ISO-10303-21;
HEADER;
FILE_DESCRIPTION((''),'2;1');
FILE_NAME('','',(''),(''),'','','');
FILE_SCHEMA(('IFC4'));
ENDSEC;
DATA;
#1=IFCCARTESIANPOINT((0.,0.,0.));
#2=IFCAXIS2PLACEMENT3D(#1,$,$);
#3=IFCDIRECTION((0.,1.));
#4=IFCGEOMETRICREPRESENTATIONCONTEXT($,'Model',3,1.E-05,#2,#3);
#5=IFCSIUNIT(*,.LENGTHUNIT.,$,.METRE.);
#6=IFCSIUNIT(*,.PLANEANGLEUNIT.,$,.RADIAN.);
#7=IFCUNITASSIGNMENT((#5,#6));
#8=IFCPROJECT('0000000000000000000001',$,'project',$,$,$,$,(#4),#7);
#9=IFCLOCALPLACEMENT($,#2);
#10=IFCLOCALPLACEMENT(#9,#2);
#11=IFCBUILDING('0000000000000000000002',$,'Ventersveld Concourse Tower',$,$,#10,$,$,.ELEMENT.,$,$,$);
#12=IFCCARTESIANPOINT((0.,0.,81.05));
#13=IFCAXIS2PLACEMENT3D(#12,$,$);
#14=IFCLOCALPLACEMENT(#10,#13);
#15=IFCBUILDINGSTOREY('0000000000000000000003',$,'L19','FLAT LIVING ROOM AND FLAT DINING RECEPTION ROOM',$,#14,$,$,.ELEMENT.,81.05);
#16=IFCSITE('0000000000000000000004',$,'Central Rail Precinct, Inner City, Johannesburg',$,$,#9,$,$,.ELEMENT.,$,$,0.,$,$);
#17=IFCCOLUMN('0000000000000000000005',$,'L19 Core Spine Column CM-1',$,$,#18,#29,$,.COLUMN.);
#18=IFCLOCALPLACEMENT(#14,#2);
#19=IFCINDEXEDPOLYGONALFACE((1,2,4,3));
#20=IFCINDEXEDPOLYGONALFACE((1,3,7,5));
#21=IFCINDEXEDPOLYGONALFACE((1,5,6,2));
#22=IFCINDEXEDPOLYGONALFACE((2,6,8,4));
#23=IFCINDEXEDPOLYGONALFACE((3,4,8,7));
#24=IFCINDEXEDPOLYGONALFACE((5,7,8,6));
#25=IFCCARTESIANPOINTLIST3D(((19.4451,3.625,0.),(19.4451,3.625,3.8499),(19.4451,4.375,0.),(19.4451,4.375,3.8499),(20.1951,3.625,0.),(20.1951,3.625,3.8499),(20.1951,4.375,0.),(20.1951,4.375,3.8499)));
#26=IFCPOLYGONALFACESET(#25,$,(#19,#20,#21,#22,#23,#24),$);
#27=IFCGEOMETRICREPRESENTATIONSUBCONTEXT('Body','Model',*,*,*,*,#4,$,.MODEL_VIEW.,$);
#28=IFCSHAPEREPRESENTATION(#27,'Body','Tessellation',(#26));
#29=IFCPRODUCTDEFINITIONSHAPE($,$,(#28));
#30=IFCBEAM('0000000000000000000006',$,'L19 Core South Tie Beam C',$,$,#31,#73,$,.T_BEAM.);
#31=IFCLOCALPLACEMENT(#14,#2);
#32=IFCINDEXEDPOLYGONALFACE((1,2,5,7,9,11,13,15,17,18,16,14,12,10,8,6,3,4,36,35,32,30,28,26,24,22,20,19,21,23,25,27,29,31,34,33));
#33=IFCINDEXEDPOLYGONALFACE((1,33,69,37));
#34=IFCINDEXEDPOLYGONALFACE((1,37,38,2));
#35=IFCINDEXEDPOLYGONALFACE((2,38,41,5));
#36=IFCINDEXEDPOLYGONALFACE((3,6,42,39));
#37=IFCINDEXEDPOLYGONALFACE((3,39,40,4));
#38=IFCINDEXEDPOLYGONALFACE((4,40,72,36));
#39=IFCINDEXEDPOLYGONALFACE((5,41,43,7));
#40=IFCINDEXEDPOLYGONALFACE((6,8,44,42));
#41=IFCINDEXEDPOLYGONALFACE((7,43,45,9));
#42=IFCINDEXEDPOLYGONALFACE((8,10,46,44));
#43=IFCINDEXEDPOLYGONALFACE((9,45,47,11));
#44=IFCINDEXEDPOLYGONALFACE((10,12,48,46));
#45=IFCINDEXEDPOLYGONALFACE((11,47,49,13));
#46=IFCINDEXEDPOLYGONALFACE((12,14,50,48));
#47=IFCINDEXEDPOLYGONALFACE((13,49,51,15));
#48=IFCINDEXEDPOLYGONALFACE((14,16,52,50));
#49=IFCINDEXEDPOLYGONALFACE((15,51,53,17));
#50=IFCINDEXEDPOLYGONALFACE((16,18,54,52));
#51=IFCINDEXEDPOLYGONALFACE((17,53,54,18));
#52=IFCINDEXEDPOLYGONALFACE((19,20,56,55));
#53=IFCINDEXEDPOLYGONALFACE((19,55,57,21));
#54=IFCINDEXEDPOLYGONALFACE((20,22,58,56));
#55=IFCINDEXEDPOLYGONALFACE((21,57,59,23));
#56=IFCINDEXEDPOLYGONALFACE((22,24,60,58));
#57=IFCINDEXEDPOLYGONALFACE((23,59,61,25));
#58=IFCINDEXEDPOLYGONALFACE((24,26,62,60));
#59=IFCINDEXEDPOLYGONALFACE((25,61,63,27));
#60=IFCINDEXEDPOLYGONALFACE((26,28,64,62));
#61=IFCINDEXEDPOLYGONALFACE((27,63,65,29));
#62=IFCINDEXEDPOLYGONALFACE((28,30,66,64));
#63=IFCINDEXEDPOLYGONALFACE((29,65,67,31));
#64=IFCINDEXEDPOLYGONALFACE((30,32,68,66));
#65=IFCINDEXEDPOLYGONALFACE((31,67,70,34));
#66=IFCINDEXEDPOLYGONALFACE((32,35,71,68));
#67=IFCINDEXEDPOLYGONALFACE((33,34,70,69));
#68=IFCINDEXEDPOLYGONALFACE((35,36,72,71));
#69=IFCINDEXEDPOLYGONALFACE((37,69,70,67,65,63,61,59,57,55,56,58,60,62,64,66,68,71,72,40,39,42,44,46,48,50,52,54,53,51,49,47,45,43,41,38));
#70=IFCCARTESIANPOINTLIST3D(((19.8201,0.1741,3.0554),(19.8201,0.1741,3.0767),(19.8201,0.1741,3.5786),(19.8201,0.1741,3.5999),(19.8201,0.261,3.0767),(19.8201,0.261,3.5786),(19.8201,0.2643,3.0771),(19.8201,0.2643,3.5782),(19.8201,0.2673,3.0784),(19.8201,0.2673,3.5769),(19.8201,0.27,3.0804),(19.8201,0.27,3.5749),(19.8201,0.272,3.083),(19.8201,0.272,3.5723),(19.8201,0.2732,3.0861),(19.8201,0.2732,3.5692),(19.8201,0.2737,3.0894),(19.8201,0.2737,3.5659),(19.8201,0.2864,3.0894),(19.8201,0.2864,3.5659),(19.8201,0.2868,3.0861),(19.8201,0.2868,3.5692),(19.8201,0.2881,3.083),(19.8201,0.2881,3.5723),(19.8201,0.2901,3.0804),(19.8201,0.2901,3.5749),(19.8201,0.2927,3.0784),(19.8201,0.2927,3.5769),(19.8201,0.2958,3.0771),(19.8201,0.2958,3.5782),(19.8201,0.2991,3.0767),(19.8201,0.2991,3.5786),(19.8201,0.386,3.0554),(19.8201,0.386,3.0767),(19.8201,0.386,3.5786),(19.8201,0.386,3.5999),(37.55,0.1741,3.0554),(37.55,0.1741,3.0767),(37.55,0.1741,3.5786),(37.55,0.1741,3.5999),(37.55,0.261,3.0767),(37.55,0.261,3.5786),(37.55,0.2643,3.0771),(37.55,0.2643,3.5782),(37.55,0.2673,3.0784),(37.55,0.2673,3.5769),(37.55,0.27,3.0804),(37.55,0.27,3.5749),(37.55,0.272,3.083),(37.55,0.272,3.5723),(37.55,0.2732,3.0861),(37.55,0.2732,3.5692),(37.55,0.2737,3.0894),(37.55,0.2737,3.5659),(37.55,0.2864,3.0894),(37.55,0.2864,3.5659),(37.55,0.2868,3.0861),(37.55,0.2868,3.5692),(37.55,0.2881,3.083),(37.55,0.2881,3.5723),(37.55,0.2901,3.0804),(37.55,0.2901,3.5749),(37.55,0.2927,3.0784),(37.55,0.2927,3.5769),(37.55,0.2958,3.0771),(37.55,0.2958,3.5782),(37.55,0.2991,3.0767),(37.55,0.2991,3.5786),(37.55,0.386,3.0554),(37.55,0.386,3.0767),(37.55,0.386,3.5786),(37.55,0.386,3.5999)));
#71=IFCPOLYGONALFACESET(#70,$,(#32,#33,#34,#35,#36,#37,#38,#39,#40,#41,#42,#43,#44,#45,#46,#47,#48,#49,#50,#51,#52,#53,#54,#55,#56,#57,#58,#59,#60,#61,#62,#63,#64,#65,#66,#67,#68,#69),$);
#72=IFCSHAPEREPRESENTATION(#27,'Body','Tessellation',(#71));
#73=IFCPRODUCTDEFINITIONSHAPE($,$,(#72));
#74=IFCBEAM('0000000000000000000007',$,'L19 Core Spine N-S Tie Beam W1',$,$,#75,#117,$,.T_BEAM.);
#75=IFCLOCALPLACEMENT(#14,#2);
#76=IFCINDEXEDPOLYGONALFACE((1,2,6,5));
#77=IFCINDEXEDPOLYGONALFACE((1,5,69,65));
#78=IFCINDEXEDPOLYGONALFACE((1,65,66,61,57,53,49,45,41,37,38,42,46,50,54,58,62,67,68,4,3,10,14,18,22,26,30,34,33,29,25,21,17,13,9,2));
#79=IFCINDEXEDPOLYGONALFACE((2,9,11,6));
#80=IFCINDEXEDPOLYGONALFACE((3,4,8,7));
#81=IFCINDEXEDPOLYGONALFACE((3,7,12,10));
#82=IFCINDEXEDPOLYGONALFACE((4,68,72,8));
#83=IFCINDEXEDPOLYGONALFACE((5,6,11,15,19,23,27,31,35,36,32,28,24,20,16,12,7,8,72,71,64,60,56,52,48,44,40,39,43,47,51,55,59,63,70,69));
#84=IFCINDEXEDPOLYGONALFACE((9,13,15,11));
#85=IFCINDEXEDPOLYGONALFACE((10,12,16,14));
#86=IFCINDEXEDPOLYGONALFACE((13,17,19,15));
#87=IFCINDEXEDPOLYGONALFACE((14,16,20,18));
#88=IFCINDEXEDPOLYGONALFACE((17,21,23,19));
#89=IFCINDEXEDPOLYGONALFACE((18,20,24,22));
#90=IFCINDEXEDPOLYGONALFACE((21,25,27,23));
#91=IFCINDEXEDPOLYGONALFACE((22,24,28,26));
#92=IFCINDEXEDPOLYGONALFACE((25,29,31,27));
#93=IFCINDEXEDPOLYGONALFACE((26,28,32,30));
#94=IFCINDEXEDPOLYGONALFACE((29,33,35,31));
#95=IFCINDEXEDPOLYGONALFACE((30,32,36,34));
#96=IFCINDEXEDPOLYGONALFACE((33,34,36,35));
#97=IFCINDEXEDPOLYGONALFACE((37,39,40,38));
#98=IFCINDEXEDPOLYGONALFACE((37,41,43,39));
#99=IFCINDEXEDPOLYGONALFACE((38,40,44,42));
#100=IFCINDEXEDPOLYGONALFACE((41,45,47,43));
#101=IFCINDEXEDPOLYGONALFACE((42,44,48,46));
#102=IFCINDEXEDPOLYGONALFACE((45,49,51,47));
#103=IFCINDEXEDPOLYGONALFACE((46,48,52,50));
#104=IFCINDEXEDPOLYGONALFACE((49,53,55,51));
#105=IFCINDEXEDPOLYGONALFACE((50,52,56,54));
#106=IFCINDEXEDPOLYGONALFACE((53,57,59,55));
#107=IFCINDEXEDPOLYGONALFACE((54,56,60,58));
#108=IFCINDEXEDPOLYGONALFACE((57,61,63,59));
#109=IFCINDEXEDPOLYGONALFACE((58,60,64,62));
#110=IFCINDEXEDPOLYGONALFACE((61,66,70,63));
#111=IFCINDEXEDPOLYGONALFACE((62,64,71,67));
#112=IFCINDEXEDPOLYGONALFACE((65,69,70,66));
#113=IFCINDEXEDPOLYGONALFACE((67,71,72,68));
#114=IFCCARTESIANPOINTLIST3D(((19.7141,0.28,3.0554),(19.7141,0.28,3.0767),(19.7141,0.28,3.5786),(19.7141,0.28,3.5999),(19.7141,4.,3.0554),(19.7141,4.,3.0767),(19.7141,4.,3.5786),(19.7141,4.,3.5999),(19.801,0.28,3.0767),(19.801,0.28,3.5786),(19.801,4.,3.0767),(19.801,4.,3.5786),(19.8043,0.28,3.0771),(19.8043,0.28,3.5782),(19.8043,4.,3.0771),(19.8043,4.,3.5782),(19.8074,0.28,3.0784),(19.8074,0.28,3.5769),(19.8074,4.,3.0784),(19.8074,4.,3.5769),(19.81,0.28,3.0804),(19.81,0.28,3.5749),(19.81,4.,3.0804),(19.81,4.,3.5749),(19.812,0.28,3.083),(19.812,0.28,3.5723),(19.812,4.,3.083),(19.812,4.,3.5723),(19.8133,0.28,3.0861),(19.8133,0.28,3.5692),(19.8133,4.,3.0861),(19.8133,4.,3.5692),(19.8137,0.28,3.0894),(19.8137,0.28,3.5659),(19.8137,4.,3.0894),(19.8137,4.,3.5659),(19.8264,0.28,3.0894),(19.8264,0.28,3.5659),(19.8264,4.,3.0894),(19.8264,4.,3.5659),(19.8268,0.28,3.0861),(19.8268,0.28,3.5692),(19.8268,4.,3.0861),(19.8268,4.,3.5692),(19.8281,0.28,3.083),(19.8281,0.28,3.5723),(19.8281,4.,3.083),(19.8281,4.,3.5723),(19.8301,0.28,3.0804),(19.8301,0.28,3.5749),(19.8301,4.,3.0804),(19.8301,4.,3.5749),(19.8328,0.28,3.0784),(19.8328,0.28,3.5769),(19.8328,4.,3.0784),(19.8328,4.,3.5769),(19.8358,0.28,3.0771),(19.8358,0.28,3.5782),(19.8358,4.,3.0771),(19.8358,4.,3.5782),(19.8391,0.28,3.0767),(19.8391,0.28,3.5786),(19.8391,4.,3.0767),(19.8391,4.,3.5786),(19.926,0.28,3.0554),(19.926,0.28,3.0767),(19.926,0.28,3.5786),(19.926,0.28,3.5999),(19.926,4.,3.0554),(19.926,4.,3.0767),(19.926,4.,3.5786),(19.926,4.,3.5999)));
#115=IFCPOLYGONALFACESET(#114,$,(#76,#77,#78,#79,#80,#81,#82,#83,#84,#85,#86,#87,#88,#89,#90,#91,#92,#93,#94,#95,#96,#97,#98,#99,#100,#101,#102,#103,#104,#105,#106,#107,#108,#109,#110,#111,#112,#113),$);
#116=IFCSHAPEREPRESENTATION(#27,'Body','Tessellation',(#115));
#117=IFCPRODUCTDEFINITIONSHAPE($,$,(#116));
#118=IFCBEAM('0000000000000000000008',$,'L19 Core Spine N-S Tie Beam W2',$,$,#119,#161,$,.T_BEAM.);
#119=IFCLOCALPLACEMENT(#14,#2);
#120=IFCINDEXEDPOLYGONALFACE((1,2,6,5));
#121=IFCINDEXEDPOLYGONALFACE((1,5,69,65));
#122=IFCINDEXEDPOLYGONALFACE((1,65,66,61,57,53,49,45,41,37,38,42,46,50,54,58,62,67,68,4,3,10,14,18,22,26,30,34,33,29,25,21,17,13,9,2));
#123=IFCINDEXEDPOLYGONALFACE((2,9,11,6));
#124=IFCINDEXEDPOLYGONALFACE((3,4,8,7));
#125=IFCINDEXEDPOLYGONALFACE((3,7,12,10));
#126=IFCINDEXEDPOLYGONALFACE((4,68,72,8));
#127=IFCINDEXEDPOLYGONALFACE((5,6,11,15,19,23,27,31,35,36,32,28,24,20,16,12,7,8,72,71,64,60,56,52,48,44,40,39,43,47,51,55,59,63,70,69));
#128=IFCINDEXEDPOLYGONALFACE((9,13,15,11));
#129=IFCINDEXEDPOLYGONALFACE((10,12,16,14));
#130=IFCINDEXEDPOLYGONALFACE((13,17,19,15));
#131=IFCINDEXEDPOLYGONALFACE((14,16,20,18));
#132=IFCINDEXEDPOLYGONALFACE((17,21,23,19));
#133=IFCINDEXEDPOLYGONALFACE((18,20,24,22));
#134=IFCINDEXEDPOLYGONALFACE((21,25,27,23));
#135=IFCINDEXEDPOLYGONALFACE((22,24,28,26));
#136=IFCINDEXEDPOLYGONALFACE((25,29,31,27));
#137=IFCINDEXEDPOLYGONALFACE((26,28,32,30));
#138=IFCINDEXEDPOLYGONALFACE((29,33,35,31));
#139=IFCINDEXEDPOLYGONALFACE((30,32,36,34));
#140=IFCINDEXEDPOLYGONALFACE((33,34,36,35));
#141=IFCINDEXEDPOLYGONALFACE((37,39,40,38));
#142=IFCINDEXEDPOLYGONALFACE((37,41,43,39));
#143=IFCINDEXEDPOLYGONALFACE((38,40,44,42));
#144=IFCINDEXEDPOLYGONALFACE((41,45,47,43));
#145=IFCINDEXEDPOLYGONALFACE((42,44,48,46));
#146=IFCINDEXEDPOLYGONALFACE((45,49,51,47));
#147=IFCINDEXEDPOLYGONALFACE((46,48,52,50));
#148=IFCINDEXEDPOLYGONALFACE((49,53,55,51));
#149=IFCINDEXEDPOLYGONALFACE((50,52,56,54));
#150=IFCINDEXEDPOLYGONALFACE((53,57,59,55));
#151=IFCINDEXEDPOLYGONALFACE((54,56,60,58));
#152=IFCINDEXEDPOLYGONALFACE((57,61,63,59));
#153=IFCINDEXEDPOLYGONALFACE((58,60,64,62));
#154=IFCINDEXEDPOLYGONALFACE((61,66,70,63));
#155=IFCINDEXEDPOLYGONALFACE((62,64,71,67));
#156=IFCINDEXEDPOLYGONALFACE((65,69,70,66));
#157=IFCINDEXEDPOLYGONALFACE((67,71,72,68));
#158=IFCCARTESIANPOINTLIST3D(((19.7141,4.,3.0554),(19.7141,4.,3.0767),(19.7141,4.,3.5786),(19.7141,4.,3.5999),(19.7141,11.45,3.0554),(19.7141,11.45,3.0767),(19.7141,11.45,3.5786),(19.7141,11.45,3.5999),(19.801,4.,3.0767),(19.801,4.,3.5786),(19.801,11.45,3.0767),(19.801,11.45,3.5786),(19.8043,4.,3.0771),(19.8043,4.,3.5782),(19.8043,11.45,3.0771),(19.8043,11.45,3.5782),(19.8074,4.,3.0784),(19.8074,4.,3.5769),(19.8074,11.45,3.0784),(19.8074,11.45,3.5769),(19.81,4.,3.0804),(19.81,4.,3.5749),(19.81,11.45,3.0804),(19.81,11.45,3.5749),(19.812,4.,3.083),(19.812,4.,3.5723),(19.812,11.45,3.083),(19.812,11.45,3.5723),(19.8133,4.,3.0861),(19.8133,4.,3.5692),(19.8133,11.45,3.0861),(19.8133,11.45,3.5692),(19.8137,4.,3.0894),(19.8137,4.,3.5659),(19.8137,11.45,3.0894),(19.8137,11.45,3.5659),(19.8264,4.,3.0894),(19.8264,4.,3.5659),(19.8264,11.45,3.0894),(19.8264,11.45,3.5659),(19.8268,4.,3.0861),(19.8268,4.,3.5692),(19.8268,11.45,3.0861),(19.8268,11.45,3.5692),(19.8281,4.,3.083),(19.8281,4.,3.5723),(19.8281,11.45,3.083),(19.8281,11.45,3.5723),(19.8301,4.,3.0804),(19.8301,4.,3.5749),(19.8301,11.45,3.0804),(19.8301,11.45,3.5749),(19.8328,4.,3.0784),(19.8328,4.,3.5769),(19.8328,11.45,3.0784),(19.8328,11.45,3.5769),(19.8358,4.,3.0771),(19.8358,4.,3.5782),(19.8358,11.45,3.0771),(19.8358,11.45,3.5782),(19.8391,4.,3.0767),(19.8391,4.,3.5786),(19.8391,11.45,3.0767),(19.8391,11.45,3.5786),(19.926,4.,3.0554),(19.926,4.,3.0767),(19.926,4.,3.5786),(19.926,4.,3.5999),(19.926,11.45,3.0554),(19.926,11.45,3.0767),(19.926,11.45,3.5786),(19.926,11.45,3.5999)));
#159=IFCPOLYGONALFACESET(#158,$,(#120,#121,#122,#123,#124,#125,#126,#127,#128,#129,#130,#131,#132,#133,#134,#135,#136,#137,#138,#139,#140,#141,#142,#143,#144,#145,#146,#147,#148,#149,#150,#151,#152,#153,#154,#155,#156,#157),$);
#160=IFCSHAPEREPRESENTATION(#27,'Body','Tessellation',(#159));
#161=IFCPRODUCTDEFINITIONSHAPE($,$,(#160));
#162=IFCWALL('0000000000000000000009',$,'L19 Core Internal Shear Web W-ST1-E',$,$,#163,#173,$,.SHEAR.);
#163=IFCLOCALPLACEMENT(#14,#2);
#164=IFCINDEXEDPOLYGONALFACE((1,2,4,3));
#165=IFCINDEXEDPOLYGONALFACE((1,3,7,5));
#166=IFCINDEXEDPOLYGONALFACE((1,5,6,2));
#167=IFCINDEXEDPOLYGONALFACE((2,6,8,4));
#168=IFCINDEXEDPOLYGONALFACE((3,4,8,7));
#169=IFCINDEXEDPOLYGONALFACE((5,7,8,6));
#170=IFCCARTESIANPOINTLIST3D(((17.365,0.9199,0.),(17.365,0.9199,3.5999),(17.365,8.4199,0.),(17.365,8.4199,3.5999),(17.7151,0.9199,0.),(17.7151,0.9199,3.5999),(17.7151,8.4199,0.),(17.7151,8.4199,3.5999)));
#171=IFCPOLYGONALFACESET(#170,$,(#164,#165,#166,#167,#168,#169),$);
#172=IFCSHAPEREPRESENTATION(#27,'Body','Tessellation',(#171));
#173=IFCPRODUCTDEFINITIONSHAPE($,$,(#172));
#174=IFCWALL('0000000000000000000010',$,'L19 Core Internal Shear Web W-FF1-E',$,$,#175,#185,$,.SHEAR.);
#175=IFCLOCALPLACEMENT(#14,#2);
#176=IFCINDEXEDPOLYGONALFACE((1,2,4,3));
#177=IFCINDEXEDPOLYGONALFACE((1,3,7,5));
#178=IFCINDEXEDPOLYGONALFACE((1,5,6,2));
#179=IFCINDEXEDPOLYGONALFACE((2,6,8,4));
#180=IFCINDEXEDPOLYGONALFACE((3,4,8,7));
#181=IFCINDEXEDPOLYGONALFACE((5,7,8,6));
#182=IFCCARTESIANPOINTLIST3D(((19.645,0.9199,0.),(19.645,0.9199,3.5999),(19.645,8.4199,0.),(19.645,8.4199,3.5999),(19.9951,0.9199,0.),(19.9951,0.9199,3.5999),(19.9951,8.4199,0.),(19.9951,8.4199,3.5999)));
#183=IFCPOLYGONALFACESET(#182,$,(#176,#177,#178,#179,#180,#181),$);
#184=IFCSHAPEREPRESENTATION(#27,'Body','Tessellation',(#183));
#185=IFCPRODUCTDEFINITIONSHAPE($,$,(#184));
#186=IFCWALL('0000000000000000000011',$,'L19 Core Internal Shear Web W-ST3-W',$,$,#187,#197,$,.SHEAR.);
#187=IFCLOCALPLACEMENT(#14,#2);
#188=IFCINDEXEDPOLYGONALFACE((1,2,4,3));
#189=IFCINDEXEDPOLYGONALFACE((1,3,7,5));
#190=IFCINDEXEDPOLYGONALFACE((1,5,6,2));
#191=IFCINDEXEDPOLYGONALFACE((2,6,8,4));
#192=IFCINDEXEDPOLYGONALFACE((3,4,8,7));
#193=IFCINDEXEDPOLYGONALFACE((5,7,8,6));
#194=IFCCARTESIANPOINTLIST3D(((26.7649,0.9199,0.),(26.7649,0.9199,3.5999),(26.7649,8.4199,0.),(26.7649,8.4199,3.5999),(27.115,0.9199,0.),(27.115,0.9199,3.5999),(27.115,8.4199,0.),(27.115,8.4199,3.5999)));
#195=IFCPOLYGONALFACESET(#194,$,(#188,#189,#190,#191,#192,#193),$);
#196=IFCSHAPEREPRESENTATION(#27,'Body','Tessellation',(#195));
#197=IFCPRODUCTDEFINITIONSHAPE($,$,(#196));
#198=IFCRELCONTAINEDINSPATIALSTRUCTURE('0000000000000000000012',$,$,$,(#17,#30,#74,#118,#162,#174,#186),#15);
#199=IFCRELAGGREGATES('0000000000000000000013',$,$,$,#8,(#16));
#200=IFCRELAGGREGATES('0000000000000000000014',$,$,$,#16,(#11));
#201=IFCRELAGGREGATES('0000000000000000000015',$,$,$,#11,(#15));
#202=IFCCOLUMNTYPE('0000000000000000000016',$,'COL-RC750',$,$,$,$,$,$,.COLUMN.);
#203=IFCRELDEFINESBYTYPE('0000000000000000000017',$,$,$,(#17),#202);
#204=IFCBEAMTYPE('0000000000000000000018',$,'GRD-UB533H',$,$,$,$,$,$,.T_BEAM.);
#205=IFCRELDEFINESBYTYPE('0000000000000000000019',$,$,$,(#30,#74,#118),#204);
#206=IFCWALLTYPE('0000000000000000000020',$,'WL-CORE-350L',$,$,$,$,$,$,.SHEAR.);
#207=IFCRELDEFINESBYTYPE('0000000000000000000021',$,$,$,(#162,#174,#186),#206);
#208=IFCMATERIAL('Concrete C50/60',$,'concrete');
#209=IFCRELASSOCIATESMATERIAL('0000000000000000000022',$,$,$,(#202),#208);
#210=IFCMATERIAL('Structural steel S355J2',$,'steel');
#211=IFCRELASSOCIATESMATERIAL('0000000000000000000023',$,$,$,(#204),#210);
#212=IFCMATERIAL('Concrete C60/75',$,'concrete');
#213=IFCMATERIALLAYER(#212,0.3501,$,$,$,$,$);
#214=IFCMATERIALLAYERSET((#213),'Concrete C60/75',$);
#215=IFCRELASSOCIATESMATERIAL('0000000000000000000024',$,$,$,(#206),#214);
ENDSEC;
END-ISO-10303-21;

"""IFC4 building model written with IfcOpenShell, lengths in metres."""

from ifc_helpers import new_model, si_unit, direction, frame, frame_2d, origin, origin_2d, place, context, subcontext, project, spatial, rectangle, i_section, extrude, material, layer, layer_set, material_profile, profile_set, type_object, element, save


model = new_model("IFC4")

# Units and contexts
model_context = context("Model", 3, precision=1e-05, world=origin(), true_north=direction((0.0, 1.0)))
body_context = subcontext(model_context, "Body", "Model", "MODEL_VIEW")
ifc_project = project(units=[si_unit("LENGTHUNIT", "METRE"), si_unit("PLANEANGLEUNIT", "RADIAN")], contexts=[model_context])

# Site, building, storey
site_placement = place(None, origin())
site = spatial("IfcSite", under=ifc_project, at=site_placement, Name="Central Rail Precinct, Inner City, Johannesburg", CompositionType="ELEMENT", RefElevation=0.0)
building_placement = place(site_placement, origin())
building = spatial("IfcBuilding", under=site, at=building_placement, Name="Ventersveld Concourse Tower", CompositionType="ELEMENT")
storey_placement = place(building_placement, frame((0.0, 0.0, 81.05)))
storey = spatial("IfcBuildingStorey", under=building, at=storey_placement, Name="L19", Description="FLAT LIVING ROOM AND FLAT DINING RECEPTION ROOM", CompositionType="ELEMENT", Elevation=81.05)

# Column
ifc_material_1 = material(Name="Concrete C50/60", Category="concrete")
ifc_material_profile_1 = material_profile(ifc_material_1, rectangle(XDim=0.75, YDim=0.75, at=origin_2d()), Name="RC 750x750")
ifc_profile_set_1 = profile_set([ifc_material_profile_1], Name="Concrete C50/60")
column_type = type_object("IfcColumnType", Name="COL-RC750", PredefinedType="COLUMN", material=ifc_profile_set_1)
column_placement = place(storey_placement, frame((19.8201, 4.0, 0.0), z_axis=(0.0, 0.0, 1.0), x_axis=(1.0, 0.0, 0.0)))
element("IfcColumn", 1, at=column_placement, inside=storey, type_object=column_type, Name="L19 Core Spine Column CM-1", PredefinedType="COLUMN", context=body_context, shape_type="SweptSolid", body=[
    extrude(rectangle(XDim=0.75, YDim=0.75, at=origin_2d()), origin(), (0.0, 0.0, 1.0), 3.8499),
])

# Beams
ifc_material_2 = material(Name="Structural steel S355J2", Category="steel")
ifc_material_profile_2 = material_profile(ifc_material_2, i_section(OverallWidth=0.2119, OverallDepth=0.5444, WebThickness=0.0127, FlangeThickness=0.0212, FilletRadius=0.0127, at=origin_2d()), Name="UB 533x210x122")
ifc_profile_set_2 = profile_set([ifc_material_profile_2], Name="Structural steel S355J2")
beam_type = type_object("IfcBeamType", Name="GRD-UB533H", PredefinedType="T_BEAM", material=ifc_profile_set_2)
beam_1_placement = place(storey_placement, frame((19.8201, 0.28, 3.3276), z_axis=(1.0, 0.0, 0.0), x_axis=(0.0, 1.0, 0.0)))
element("IfcBeam", 2, at=beam_1_placement, inside=storey, type_object=beam_type, Name="L19 Core South Tie Beam C", PredefinedType="T_BEAM", context=body_context, shape_type="SweptSolid", body=[
    extrude(i_section(OverallWidth=0.2119, OverallDepth=0.5444, WebThickness=0.0127, FlangeThickness=0.0212, FilletRadius=0.0127, at=origin_2d()), origin(), (0.0, 0.0, 1.0), 17.73),
])
beam_2_placement = place(storey_placement, frame((19.8201, 0.28, 3.3276), z_axis=(0.0, 1.0, 0.0), x_axis=(-1.0, 0.0, 0.0)))
element("IfcBeam", 3, at=beam_2_placement, inside=storey, type_object=beam_type, Name="L19 Core Spine N-S Tie Beam W1", PredefinedType="T_BEAM", context=body_context, shape_type="SweptSolid", body=[
    extrude(i_section(OverallWidth=0.2119, OverallDepth=0.5444, WebThickness=0.0127, FlangeThickness=0.0212, FilletRadius=0.0127, at=origin_2d()), origin(), (0.0, 0.0, 1.0), 3.72),
])
beam_3_placement = place(storey_placement, frame((19.8201, 4.0, 3.3276), z_axis=(0.0, 1.0, 0.0), x_axis=(-1.0, 0.0, 0.0)))
element("IfcBeam", 4, at=beam_3_placement, inside=storey, type_object=beam_type, Name="L19 Core Spine N-S Tie Beam W2", PredefinedType="T_BEAM", context=body_context, shape_type="SweptSolid", body=[
    extrude(i_section(OverallWidth=0.2119, OverallDepth=0.5444, WebThickness=0.0127, FlangeThickness=0.0212, FilletRadius=0.0127, at=origin_2d()), origin(), (0.0, 0.0, 1.0), 7.45),
])

# Walls
ifc_material_3 = material(Name="Concrete C60/75", Category="concrete")
ifc_layer_1 = layer(ifc_material_3, 0.3501)
ifc_layer_set_1 = layer_set([ifc_layer_1], Name="Concrete C60/75")
wall_type_1 = type_object("IfcWallType", Name="WL-CORE-350L", PredefinedType="SHEAR", material=ifc_layer_set_1)
for number, where, z_axis, x_axis, name in (
    (5, (17.54, 0.9199, 0.0), (0.0, 0.0, 1.0), (0.0, 1.0, 0.0), "L19 Core Internal Shear Web W-ST1-E"),
    (6, (19.8201, 0.9199, 0.0), (0.0, 0.0, 1.0), (0.0, 1.0, 0.0), "L19 Core Internal Shear Web W-FF1-E"),
    (7, (26.9399, 0.9199, 0.0), (0.0, 0.0, 1.0), (0.0, 1.0, 0.0), "L19 Core Internal Shear Web W-ST3-W"),
):
    element("IfcWall", number, at=place(storey_placement, frame(where, z_axis=z_axis, x_axis=x_axis)), inside=storey, type_object=wall_type_1, Name=name, PredefinedType="SHEAR", context=body_context, shape_type="SweptSolid", body=[
        extrude(rectangle(XDim=7.5, YDim=0.3501, at=frame_2d((3.75, 0.0))), origin(), (0.0, 0.0, 1.0), 3.5999),
    ])

save(model, "model.ifc")
